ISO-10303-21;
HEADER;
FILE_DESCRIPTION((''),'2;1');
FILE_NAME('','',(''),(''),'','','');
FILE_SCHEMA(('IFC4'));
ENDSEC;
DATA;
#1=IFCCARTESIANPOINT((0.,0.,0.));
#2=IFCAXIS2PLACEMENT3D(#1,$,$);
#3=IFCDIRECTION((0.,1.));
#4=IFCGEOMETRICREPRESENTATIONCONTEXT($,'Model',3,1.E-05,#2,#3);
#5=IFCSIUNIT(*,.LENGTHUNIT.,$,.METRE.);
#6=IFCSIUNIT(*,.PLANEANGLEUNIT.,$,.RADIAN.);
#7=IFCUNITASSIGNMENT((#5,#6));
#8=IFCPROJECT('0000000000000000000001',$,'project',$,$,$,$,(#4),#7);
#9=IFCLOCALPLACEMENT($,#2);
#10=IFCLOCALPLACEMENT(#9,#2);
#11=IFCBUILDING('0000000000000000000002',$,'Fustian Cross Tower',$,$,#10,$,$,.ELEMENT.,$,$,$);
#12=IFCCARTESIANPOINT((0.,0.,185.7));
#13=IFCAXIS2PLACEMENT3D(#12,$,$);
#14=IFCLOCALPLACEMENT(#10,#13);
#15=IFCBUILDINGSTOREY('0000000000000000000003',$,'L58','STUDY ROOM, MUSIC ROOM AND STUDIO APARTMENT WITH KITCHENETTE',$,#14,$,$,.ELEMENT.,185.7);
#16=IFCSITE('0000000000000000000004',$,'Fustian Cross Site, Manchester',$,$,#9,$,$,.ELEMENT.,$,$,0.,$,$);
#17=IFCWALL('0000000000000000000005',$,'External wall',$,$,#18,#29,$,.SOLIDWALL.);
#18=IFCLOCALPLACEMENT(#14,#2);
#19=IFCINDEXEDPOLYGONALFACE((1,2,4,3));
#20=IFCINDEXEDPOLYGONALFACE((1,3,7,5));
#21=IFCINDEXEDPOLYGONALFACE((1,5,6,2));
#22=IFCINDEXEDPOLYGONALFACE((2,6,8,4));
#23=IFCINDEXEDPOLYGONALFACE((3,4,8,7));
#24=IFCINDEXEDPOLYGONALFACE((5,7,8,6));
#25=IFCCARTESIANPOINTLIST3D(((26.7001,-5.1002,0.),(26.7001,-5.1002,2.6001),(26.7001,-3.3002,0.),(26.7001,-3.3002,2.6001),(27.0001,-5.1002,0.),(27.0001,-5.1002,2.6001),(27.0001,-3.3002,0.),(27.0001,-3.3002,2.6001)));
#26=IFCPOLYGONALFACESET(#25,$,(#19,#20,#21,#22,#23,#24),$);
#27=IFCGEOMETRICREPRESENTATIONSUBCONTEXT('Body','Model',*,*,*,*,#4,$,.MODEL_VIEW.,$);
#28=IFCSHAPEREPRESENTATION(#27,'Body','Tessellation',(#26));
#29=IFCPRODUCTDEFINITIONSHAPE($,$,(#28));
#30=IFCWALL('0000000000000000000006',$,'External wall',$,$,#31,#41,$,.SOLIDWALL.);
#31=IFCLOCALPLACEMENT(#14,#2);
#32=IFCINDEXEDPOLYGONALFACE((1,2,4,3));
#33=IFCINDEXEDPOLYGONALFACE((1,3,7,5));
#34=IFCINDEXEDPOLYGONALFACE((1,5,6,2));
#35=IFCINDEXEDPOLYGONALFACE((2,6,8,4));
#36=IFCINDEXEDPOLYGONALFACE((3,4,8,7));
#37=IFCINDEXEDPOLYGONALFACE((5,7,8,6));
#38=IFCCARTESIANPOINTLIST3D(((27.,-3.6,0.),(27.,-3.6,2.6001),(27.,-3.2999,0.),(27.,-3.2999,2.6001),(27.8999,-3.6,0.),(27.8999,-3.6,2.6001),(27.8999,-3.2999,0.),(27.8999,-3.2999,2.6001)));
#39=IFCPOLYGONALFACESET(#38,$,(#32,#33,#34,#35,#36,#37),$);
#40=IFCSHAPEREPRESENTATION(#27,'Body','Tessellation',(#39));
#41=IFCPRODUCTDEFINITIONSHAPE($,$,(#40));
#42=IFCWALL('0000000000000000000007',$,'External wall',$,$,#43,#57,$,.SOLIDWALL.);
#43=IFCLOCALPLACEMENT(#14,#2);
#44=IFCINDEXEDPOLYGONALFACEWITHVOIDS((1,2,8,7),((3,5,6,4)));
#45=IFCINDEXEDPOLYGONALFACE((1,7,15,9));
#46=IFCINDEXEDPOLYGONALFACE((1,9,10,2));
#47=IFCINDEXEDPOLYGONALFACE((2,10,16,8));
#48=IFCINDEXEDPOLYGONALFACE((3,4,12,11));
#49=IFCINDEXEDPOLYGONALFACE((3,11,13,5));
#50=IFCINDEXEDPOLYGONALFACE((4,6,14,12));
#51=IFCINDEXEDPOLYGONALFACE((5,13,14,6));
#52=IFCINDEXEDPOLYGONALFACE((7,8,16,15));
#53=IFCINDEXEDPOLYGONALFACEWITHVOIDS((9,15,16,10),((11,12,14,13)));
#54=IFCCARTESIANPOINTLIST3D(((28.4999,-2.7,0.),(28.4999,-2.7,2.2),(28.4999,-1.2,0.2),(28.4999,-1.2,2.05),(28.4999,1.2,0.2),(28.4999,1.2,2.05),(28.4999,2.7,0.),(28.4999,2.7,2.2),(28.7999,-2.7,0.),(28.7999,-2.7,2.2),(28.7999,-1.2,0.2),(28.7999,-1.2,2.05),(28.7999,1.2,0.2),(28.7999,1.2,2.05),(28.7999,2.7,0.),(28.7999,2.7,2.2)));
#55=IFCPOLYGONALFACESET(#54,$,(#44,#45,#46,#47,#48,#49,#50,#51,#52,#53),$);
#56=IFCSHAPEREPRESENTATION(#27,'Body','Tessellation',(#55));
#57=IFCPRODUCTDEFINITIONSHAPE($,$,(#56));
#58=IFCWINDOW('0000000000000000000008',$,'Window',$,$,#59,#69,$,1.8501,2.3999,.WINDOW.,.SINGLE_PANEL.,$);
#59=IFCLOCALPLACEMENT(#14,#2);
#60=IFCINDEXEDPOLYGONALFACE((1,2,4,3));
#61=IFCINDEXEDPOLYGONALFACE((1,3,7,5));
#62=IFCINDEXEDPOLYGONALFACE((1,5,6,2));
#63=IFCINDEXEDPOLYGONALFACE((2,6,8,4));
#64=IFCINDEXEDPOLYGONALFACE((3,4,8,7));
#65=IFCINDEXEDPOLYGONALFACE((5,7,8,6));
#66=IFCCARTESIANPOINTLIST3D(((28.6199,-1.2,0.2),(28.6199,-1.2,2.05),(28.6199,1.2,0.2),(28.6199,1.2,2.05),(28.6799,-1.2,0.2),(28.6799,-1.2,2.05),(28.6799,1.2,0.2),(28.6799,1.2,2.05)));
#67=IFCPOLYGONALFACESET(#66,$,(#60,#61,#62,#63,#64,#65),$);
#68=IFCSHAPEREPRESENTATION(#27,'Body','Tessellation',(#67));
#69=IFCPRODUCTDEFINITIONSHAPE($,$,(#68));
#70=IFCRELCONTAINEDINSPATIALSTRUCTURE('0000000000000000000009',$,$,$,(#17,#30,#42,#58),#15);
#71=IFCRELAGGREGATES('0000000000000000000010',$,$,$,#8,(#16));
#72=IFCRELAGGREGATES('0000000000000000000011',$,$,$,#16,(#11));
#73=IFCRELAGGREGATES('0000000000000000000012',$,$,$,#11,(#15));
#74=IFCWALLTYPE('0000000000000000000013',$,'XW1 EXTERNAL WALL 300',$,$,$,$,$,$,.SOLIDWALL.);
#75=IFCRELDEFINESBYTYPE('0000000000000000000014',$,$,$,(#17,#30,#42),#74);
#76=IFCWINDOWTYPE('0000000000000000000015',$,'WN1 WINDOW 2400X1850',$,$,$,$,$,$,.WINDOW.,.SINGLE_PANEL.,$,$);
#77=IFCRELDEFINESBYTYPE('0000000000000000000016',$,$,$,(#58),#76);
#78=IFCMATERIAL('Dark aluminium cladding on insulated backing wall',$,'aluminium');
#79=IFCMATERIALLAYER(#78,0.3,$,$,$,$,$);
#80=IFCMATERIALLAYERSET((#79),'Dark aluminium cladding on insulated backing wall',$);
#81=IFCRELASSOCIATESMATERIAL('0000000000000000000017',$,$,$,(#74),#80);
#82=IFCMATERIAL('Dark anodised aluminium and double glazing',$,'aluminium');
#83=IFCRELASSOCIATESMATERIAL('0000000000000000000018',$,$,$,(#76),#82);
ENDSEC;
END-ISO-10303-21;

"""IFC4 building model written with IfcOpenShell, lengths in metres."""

from ifc_helpers import new_model, si_unit, direction, frame, frame_2d, origin, place, context, subcontext, project, spatial, rectangle, extrude, material, layer, layer_set, type_object, element, fill, save


model = new_model("IFC4")

# Units and contexts
model_context = context("Model", 3, precision=1e-05, world=origin(), true_north=direction((0.0, 1.0)))
body_context = subcontext(model_context, "Body", "Model", "MODEL_VIEW")
ifc_project = project(units=[si_unit("LENGTHUNIT", "METRE"), si_unit("PLANEANGLEUNIT", "RADIAN")], contexts=[model_context])

# Site, building, storey
site_placement = place(None, origin())
site = spatial("IfcSite", under=ifc_project, at=site_placement, Name="Fustian Cross Site, Manchester", CompositionType="ELEMENT", RefElevation=0.0)
building_placement = place(site_placement, origin())
building = spatial("IfcBuilding", under=site, at=building_placement, Name="Fustian Cross Tower", CompositionType="ELEMENT")
storey_placement = place(building_placement, frame((0.0, 0.0, 185.7)))
storey = spatial("IfcBuildingStorey", under=building, at=storey_placement, Name="L58", Description="STUDY ROOM, MUSIC ROOM AND STUDIO APARTMENT WITH KITCHENETTE", CompositionType="ELEMENT", Elevation=185.7)

# Shared definitions
ifc_material_1 = material(Name="Dark aluminium cladding on insulated backing wall", Category="aluminium")
ifc_layer_1 = layer(ifc_material_1, 0.3)
ifc_layer_set_1 = layer_set([ifc_layer_1], Name="Dark aluminium cladding on insulated backing wall")
wall_type_1 = type_object("IfcWallType", Name="XW1 EXTERNAL WALL 300", PredefinedType="SOLIDWALL", material=ifc_layer_set_1)

# Walls
wall_1_placement = place(storey_placement, frame((26.8501, -5.1001, 0.0), z_axis=(0.0, 0.0, 1.0), x_axis=(0.0, 1.0, 0.0)))
element("IfcWall", 1, at=wall_1_placement, inside=storey, type_object=wall_type_1, Name="External wall", PredefinedType="SOLIDWALL", context=body_context, shape_type="SweptSolid", body=[
    extrude(rectangle(XDim=1.8, YDim=0.3, at=frame_2d((0.8999, 0.0))), origin(), (0.0, 0.0, 1.0), 2.6001),
])
wall_2_placement = place(storey_placement, frame((27.0, -3.45, 0.0), z_axis=(0.0, 0.0, 1.0), x_axis=(1.0, 0.0, 0.0)))
element("IfcWall", 2, at=wall_2_placement, inside=storey, type_object=wall_type_1, Name="External wall", PredefinedType="SOLIDWALL", context=body_context, shape_type="SweptSolid", body=[
    extrude(rectangle(XDim=0.8999, YDim=0.3, at=frame_2d((0.45, 0.0))), origin(), (0.0, 0.0, 1.0), 2.6001),
])

# Wall, opening, window
wall_3_placement = place(storey_placement, frame((28.6499, -2.7, 0.0), z_axis=(0.0, 0.0, 1.0), x_axis=(0.0, 1.0, 0.0)))
wall_3 = element("IfcWall", 3, at=wall_3_placement, inside=storey, type_object=wall_type_1, Name="External wall", PredefinedType="SOLIDWALL", context=body_context, shape_type="SweptSolid", body=[
    extrude(rectangle(XDim=5.3999, YDim=0.3, at=frame_2d((2.7, 0.0))), origin(), (0.0, 0.0, 1.0), 2.2),
])
opening_1_placement = place(wall_3_placement, frame((1.5, 0.0, 0.2)))
opening_1 = element("IfcOpeningElement", 4, at=opening_1_placement, cuts=wall_3, PredefinedType="OPENING", context=body_context, shape_type="SweptSolid", body=[
    extrude(rectangle(XDim=2.3999, YDim=1.8501, at=frame_2d((1.2, 0.925))), frame((0.0, 0.1599, 0.0), z_axis=(0.0, -1.0, 0.0), x_axis=(1.0, 0.0, 0.0)), (0.0, 0.0, 1.0), 0.3201),
])
ifc_material_2 = material(Name="Dark anodised aluminium and double glazing", Category="aluminium")
window_type_1 = type_object("IfcWindowType", Name="WN1 WINDOW 2400X1850", PartitioningType="SINGLE_PANEL", PredefinedType="WINDOW", material=ifc_material_2)
window_1_placement = place(opening_1_placement, origin())
window_1 = element("IfcWindow", 5, at=window_1_placement, inside=storey, type_object=window_type_1, Name="Window", OverallHeight=1.8501, OverallWidth=2.3999, PartitioningType="SINGLE_PANEL", PredefinedType="WINDOW", context=body_context, shape_type="SweptSolid", body=[
    extrude(rectangle(XDim=2.3999, YDim=1.8501, at=frame_2d((1.2, 0.925))), frame((0.0, 0.03, 0.0), z_axis=(0.0, -1.0, 0.0), x_axis=(1.0, 0.0, 0.0)), (0.0, 0.0, 1.0), 0.0601),
])
fill(opening_1, window_1)

save(model, "model.ifc")
